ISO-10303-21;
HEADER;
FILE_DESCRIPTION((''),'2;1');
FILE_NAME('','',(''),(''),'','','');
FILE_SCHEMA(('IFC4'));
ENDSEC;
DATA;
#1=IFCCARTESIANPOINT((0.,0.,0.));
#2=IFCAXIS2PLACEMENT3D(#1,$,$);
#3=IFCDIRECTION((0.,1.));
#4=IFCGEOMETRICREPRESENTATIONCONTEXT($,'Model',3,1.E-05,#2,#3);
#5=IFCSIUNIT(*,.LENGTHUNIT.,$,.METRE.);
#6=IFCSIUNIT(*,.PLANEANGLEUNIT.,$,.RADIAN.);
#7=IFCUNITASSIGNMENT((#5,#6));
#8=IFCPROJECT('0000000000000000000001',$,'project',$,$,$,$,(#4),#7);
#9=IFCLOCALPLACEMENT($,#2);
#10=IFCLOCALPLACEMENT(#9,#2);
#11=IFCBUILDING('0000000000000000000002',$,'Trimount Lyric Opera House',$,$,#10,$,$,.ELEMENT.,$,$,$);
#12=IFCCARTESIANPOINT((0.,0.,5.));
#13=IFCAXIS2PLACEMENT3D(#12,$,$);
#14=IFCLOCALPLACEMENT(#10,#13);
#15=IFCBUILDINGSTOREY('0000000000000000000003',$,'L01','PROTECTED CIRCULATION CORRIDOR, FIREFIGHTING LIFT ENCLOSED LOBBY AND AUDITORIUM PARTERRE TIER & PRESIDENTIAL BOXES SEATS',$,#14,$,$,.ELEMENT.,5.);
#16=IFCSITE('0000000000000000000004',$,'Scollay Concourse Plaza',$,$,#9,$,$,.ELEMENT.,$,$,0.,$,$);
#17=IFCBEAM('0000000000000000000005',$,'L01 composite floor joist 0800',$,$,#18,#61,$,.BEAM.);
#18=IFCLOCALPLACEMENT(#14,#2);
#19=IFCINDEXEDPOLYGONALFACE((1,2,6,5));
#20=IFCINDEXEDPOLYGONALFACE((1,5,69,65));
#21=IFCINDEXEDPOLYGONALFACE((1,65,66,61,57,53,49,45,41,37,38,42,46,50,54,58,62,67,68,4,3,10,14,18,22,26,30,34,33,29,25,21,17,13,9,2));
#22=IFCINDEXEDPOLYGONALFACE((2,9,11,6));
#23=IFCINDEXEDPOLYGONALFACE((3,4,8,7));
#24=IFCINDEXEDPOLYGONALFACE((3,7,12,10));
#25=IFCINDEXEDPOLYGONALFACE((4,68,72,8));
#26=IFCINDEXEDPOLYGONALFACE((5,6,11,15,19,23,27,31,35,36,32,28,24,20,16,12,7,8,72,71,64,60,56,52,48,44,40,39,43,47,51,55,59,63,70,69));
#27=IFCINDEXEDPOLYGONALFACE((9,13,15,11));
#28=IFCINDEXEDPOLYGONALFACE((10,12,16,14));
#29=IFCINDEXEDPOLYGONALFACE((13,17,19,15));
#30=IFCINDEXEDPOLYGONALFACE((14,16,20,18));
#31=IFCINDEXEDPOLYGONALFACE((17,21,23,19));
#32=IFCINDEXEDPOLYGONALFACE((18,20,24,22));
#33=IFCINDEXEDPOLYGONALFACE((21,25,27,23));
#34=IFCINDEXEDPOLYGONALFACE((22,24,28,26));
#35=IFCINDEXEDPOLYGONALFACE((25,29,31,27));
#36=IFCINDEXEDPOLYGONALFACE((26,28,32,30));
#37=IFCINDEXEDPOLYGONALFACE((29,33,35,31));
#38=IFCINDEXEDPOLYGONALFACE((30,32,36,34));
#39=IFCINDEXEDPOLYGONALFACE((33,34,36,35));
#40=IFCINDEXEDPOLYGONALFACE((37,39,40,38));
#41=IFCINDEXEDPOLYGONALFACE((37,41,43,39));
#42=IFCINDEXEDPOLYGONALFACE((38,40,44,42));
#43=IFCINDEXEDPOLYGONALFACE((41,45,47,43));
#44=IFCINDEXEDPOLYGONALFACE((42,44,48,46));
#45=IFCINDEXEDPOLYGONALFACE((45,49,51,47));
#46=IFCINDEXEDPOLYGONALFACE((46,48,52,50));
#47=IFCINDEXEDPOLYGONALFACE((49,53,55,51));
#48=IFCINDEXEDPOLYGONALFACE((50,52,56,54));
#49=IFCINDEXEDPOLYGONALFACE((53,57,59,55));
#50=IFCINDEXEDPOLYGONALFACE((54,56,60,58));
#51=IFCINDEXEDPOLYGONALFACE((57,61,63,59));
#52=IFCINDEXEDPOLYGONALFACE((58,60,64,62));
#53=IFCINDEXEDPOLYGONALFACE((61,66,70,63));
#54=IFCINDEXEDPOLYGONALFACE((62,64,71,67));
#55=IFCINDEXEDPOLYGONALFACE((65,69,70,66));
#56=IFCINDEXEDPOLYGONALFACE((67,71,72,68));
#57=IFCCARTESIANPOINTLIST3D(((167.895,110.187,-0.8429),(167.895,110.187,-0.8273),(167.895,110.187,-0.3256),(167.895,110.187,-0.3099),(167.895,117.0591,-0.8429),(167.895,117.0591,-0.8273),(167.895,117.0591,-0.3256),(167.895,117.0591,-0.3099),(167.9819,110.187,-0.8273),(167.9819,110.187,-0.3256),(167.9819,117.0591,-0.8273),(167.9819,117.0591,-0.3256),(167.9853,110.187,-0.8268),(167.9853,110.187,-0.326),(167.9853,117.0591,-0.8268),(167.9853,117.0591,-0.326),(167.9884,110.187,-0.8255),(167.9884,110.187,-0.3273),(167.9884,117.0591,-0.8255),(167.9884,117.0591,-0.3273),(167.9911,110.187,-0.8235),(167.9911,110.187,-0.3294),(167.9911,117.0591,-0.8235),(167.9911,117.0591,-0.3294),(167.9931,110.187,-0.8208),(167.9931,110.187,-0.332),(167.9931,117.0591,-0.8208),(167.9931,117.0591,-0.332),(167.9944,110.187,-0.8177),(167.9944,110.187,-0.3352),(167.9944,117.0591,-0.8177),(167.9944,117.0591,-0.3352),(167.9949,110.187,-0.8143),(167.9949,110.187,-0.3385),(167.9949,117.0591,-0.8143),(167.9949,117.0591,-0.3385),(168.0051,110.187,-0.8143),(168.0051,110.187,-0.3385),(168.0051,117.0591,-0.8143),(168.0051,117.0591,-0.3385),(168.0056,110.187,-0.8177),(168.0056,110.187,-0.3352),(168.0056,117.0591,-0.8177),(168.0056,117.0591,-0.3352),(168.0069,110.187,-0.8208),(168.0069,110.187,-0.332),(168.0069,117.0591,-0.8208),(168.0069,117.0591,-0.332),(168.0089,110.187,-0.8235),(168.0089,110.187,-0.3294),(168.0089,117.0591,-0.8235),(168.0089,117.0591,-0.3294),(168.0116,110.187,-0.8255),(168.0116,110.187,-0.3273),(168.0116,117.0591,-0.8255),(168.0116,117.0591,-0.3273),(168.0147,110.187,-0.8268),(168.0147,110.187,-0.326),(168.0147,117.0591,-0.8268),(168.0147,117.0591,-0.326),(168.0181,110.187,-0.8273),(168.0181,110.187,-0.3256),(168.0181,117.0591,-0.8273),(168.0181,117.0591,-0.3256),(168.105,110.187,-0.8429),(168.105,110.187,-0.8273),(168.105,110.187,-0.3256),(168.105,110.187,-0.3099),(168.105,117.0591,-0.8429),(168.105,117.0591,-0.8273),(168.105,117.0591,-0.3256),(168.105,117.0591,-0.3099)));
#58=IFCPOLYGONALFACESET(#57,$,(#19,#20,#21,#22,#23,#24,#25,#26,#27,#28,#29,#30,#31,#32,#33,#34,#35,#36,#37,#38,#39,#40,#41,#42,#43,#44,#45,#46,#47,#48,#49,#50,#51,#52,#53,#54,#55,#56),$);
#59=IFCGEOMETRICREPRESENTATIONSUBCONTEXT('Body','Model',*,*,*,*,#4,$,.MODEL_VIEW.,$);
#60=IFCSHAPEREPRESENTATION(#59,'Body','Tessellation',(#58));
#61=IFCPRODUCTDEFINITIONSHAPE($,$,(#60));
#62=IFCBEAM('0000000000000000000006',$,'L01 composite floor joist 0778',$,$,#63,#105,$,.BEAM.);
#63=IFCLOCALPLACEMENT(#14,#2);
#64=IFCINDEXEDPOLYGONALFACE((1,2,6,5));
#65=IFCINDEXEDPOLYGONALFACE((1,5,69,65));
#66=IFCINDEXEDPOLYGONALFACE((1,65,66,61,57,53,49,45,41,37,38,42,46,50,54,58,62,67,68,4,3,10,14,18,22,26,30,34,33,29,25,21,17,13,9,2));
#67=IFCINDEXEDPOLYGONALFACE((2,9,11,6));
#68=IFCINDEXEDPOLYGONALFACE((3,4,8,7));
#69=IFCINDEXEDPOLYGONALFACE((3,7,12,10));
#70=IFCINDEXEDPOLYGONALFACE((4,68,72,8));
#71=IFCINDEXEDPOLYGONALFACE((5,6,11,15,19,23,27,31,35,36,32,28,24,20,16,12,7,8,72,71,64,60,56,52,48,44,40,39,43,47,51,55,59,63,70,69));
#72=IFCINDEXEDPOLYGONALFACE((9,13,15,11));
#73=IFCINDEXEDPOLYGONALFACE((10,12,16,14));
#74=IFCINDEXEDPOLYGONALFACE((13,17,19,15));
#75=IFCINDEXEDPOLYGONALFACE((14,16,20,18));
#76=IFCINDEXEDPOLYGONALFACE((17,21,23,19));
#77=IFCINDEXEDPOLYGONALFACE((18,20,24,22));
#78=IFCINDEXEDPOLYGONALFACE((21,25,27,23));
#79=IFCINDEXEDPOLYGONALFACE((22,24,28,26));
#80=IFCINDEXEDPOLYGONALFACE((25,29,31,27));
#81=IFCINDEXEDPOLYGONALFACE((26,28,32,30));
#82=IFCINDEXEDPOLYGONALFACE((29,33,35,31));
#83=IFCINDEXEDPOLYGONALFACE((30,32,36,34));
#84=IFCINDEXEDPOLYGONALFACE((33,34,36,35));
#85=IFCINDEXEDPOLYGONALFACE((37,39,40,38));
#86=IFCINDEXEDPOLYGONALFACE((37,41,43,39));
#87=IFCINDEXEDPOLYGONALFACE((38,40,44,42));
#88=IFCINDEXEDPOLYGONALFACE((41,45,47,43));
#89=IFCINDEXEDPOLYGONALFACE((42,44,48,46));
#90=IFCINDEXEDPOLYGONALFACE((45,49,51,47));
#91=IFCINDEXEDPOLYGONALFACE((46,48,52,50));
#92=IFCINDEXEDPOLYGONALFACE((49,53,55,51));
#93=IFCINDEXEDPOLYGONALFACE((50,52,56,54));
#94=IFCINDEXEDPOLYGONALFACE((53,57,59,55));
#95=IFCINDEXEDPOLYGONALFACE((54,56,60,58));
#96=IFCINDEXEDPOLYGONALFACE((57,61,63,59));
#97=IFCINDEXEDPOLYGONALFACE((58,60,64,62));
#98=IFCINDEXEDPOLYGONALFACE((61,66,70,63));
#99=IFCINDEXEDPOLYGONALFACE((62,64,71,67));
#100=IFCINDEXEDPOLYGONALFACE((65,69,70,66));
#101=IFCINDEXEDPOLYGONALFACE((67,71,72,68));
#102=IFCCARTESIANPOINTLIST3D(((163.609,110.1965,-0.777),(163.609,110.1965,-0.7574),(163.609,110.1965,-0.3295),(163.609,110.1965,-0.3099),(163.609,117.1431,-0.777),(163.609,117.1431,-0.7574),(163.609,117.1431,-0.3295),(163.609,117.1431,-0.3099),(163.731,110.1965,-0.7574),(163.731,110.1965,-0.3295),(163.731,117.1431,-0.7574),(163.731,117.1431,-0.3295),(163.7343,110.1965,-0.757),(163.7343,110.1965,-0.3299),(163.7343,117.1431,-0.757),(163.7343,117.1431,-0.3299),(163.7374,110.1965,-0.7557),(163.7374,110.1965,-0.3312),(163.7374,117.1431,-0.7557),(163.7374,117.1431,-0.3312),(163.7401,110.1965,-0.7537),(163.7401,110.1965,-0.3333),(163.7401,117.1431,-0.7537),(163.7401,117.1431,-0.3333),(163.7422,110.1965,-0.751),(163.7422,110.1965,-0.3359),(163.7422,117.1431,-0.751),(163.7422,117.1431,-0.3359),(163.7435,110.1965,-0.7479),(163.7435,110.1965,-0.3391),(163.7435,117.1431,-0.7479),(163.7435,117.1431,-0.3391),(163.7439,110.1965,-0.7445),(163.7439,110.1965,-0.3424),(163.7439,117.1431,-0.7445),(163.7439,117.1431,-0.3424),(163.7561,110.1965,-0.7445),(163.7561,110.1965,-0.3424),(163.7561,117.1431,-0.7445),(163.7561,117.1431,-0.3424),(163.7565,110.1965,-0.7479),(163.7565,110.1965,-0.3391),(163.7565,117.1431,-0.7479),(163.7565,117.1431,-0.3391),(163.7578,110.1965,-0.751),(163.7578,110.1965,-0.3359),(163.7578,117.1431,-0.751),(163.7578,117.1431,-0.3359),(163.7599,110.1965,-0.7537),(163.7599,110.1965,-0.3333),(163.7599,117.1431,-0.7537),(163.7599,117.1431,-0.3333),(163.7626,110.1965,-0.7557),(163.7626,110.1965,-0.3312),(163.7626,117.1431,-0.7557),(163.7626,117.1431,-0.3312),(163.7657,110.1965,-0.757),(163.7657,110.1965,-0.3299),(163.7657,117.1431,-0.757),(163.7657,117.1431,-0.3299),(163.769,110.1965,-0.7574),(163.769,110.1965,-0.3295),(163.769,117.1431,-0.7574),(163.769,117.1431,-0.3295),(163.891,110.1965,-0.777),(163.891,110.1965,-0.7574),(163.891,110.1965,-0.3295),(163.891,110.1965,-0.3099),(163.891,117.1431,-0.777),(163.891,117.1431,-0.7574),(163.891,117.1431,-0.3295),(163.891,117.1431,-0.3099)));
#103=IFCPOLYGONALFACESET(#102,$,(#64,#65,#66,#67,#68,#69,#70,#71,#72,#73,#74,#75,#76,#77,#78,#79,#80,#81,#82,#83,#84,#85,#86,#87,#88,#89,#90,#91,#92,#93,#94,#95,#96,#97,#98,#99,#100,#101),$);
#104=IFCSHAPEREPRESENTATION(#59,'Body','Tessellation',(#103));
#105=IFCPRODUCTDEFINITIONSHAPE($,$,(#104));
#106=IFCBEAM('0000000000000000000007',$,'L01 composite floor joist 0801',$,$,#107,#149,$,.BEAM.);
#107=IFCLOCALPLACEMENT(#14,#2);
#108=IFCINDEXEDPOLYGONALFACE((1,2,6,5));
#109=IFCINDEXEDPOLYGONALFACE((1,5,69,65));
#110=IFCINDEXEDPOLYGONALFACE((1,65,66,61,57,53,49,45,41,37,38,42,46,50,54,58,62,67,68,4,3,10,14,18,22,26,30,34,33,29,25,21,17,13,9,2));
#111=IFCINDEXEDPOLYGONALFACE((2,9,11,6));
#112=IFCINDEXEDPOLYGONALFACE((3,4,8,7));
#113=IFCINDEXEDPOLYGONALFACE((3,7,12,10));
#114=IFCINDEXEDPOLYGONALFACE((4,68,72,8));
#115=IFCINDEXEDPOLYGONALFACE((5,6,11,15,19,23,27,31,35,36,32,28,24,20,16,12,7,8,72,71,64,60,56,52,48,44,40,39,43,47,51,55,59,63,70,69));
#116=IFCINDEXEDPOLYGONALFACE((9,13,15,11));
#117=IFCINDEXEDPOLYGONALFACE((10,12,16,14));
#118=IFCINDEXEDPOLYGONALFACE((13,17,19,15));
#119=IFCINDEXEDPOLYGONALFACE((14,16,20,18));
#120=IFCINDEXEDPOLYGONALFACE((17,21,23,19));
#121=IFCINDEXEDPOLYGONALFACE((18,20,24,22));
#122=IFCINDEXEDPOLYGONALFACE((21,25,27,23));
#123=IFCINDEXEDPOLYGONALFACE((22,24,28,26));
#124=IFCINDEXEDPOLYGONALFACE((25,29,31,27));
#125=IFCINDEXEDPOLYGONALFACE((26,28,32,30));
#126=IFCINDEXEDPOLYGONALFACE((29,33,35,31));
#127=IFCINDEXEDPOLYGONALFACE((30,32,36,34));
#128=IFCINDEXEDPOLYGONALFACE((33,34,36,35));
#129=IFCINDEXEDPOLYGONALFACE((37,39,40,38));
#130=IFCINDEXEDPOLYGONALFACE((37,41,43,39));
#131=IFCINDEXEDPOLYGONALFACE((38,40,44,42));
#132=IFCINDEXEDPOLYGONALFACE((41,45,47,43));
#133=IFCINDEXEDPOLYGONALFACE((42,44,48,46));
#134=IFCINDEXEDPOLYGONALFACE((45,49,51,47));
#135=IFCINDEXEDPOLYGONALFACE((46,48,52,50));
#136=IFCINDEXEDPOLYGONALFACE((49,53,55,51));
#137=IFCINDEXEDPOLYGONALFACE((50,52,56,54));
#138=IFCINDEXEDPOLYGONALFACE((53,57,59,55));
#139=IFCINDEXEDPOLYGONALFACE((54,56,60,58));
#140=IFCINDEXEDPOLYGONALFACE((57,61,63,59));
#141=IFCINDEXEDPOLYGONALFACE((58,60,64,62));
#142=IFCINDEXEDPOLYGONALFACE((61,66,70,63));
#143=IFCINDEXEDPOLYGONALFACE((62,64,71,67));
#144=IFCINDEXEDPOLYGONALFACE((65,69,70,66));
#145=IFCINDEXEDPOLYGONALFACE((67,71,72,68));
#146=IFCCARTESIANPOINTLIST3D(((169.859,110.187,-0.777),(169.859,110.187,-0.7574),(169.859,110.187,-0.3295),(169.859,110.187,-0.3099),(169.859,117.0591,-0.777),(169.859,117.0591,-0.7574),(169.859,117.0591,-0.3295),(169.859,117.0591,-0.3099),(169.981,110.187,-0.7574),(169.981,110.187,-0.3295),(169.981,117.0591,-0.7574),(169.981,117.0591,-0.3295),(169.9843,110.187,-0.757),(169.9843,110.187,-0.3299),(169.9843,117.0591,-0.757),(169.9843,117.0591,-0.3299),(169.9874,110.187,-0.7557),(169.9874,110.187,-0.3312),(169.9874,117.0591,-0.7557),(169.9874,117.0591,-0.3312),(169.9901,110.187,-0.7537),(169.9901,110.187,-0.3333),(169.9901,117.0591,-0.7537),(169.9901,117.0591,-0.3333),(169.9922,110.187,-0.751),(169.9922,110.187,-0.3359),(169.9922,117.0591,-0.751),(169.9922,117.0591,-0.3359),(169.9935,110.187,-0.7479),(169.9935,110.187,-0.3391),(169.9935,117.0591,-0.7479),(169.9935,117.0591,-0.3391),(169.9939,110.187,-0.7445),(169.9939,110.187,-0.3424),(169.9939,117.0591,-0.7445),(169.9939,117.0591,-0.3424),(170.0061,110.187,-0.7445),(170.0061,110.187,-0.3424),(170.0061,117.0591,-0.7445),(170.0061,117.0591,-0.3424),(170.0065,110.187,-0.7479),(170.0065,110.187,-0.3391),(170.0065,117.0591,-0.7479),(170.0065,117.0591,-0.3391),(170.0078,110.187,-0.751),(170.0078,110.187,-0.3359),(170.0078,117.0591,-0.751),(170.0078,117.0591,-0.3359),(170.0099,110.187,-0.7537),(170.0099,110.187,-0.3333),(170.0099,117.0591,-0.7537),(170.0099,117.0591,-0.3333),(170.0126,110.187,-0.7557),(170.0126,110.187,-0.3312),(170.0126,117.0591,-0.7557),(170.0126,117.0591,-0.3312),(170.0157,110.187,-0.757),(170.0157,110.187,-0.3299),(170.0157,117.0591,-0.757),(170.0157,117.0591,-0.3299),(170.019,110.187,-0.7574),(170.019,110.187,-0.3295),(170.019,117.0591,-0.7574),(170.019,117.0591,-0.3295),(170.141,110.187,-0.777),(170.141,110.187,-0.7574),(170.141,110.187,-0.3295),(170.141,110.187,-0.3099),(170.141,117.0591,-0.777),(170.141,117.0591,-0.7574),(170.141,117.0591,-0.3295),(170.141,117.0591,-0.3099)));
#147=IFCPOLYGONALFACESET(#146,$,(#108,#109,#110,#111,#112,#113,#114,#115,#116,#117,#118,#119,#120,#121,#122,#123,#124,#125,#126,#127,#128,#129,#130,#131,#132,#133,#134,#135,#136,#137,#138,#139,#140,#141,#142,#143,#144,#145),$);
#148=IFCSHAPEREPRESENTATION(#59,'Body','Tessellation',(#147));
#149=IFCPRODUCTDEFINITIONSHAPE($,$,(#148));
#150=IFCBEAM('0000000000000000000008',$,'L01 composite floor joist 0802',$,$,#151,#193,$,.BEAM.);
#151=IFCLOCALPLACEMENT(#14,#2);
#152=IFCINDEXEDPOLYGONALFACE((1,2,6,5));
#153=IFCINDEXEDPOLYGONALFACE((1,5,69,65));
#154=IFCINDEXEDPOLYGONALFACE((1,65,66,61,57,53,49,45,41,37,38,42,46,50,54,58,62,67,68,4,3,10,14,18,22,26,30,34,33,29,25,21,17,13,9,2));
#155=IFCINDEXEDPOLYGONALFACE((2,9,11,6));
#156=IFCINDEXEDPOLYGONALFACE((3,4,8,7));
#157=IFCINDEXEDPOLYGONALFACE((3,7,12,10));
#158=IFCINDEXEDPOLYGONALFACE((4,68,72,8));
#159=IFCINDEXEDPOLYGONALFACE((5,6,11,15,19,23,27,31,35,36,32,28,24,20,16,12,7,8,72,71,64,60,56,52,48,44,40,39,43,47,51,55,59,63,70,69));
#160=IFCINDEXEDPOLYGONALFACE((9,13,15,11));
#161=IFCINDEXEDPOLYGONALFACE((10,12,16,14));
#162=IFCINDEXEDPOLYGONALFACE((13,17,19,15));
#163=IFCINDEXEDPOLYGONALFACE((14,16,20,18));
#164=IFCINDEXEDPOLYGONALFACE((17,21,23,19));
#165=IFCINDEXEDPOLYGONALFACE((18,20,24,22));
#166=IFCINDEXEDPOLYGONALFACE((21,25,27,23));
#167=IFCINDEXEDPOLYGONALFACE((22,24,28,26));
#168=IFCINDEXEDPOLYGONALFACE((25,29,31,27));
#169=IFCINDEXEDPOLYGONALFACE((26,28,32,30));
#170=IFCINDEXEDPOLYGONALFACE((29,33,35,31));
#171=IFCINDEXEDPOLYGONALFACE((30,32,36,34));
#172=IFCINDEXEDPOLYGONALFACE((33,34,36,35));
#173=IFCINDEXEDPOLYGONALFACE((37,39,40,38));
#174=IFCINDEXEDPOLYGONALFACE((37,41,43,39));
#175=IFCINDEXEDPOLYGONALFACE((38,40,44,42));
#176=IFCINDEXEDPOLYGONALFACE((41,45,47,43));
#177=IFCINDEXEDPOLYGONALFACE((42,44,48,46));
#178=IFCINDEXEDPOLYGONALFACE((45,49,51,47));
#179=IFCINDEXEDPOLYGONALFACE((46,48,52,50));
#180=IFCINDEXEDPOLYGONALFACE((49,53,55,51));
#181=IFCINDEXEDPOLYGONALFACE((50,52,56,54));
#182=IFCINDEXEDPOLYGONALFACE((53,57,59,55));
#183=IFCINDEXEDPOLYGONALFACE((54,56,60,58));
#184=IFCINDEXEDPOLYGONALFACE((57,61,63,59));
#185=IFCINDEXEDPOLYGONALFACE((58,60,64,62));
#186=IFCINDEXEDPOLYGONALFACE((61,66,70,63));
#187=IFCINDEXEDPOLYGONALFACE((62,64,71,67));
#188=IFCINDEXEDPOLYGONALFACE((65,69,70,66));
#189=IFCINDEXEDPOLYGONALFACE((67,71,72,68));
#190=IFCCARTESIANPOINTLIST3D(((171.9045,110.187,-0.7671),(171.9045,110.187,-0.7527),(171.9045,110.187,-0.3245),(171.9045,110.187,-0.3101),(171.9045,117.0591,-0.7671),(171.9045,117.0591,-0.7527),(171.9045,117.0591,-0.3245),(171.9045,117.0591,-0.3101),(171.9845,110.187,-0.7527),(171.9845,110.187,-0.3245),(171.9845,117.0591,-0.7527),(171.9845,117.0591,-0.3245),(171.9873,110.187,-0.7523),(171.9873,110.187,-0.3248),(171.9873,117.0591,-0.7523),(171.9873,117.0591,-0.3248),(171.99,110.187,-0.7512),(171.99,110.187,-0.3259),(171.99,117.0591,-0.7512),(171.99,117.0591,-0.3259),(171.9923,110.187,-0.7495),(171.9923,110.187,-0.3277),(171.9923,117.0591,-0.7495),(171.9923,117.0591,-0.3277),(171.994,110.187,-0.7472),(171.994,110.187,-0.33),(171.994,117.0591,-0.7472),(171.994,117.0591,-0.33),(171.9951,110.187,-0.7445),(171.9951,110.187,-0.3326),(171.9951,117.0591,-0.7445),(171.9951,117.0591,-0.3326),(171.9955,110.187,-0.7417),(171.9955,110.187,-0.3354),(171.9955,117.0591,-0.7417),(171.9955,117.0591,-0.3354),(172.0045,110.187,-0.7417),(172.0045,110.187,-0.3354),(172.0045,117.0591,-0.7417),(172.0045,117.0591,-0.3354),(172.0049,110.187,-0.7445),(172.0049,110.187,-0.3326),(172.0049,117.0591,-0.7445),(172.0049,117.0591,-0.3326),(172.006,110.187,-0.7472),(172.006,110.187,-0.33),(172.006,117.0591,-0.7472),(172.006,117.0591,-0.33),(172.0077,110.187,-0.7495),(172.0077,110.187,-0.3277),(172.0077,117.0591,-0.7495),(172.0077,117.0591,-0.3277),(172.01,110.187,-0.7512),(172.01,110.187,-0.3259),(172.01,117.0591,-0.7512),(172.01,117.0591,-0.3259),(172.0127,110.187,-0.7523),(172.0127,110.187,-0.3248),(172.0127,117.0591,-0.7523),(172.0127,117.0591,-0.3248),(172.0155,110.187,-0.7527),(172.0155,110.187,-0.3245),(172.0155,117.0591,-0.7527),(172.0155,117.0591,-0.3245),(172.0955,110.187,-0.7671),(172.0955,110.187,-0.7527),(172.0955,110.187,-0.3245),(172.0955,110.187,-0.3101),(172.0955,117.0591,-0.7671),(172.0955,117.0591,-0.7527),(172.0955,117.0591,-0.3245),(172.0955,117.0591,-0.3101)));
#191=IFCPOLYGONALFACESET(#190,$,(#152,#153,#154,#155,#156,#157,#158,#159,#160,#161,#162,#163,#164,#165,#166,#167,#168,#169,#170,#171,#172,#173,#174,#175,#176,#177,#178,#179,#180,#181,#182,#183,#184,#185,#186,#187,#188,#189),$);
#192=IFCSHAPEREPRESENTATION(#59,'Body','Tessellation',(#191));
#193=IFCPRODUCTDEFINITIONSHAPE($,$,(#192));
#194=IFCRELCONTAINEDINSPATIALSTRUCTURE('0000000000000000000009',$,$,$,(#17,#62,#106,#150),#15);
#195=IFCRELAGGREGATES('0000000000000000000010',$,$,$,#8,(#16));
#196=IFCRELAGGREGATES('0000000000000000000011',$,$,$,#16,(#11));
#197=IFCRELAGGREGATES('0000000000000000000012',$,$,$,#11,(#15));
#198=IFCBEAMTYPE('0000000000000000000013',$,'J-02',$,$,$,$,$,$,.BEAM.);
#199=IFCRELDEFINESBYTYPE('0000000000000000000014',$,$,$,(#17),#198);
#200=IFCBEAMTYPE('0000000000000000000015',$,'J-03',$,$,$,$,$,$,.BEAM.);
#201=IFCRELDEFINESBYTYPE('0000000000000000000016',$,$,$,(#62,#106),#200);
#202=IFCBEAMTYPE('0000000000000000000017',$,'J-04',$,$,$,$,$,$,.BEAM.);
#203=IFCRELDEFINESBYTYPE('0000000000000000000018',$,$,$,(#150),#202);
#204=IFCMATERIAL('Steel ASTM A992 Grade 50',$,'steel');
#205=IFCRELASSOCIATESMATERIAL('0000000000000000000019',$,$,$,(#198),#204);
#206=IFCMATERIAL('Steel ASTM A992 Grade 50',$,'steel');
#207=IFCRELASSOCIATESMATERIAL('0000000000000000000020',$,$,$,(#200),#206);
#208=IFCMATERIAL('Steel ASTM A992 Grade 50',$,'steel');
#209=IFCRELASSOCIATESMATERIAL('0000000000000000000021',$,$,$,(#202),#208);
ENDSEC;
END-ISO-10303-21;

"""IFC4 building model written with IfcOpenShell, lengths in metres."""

from ifc_helpers import new_model, si_unit, direction, frame, origin, origin_2d, place, context, subcontext, project, spatial, i_section, extrude, material, material_profile, profile_set, type_object, element, save


model = new_model("IFC4")

# Units and contexts
model_context = context("Model", 3, precision=1e-05, world=origin(), true_north=direction((0.0, 1.0)))
body_context = subcontext(model_context, "Body", "Model", "MODEL_VIEW")
ifc_project = project(units=[si_unit("LENGTHUNIT", "METRE"), si_unit("PLANEANGLEUNIT", "RADIAN")], contexts=[model_context])

# Site, building, storey
site_placement = place(None, origin())
site = spatial("IfcSite", under=ifc_project, at=site_placement, Name="Scollay Concourse Plaza", CompositionType="ELEMENT", RefElevation=0.0)
building_placement = place(site_placement, origin())
building = spatial("IfcBuilding", under=site, at=building_placement, Name="Trimount Lyric Opera House", CompositionType="ELEMENT")
storey_placement = place(building_placement, frame((0.0, 0.0, 5.0)))
storey = spatial("IfcBuildingStorey", under=building, at=storey_placement, Name="L01", Description="PROTECTED CIRCULATION CORRIDOR, FIREFIGHTING LIFT ENCLOSED LOBBY AND AUDITORIUM PARTERRE TIER & PRESIDENTIAL BOXES SEATS", CompositionType="ELEMENT", Elevation=5.0)

# Beams
ifc_material_1 = material(Name="Steel ASTM A992 Grade 50", Category="steel")
ifc_material_profile_1 = material_profile(ifc_material_1, i_section(OverallWidth=0.21, OverallDepth=0.533, WebThickness=0.0103, FlangeThickness=0.0156, FilletRadius=0.0129, at=origin_2d()), Name="W21X62")
ifc_profile_set_1 = profile_set([ifc_material_profile_1], Name="Steel ASTM A992 Grade 50")
beam_type_1 = type_object("IfcBeamType", Name="J-02", PredefinedType="BEAM", material=ifc_profile_set_1)
beam_1_placement = place(storey_placement, frame((168.0, 110.187, -0.5764), z_axis=(0.0, 1.0, 0.0), x_axis=(-1.0, 0.0, 0.0)))
element("IfcBeam", 1, at=beam_1_placement, inside=storey, type_object=beam_type_1, Name="L01 composite floor joist 0800", PredefinedType="BEAM", context=body_context, shape_type="SweptSolid", body=[
    extrude(i_section(OverallWidth=0.21, OverallDepth=0.533, WebThickness=0.0103, FlangeThickness=0.0156, FilletRadius=0.0129, at=origin_2d()), origin(), (0.0, 0.0, 1.0), 6.8721),
])
ifc_material_2 = material(Name="Steel ASTM A992 Grade 50", Category="steel")
ifc_material_profile_2 = material_profile(ifc_material_2, i_section(OverallWidth=0.282, OverallDepth=0.467, WebThickness=0.0122, FlangeThickness=0.0195, FilletRadius=0.0129, at=origin_2d()), Name="W18X86")
ifc_profile_set_2 = profile_set([ifc_material_profile_2], Name="Steel ASTM A992 Grade 50")
beam_type_2 = type_object("IfcBeamType", Name="J-03", PredefinedType="BEAM", material=ifc_profile_set_2)
beam_2_placement = place(storey_placement, frame((163.75, 110.1965, -0.5435), z_axis=(0.0, 1.0, 0.0), x_axis=(-1.0, 0.0, 0.0)))
element("IfcBeam", 2, at=beam_2_placement, inside=storey, type_object=beam_type_2, Name="L01 composite floor joist 0778", PredefinedType="BEAM", context=body_context, shape_type="SweptSolid", body=[
    extrude(i_section(OverallWidth=0.282, OverallDepth=0.467, WebThickness=0.0122, FlangeThickness=0.0195, FilletRadius=0.0129, at=origin_2d()), origin(), (0.0, 0.0, 1.0), 6.9465),
])
beam_3_placement = place(storey_placement, frame((170.0, 110.187, -0.5435), z_axis=(0.0, 1.0, 0.0), x_axis=(-1.0, 0.0, 0.0)))
element("IfcBeam", 3, at=beam_3_placement, inside=storey, type_object=beam_type_2, Name="L01 composite floor joist 0801", PredefinedType="BEAM", context=body_context, shape_type="SweptSolid", body=[
    extrude(i_section(OverallWidth=0.282, OverallDepth=0.467, WebThickness=0.0122, FlangeThickness=0.0195, FilletRadius=0.0129, at=origin_2d()), origin(), (0.0, 0.0, 1.0), 6.8721),
])
ifc_material_3 = material(Name="Steel ASTM A992 Grade 50", Category="steel")
ifc_material_profile_3 = material_profile(ifc_material_3, i_section(OverallWidth=0.1909, OverallDepth=0.457, WebThickness=0.009, FlangeThickness=0.0144, FilletRadius=0.011, at=origin_2d()), Name="W18X50")
ifc_profile_set_3 = profile_set([ifc_material_profile_3], Name="Steel ASTM A992 Grade 50")
beam_type_3 = type_object("IfcBeamType", Name="J-04", PredefinedType="BEAM", material=ifc_profile_set_3)
beam_4_placement = place(storey_placement, frame((172.0, 110.187, -0.5386), z_axis=(0.0, 1.0, 0.0), x_axis=(-1.0, 0.0, 0.0)))
element("IfcBeam", 4, at=beam_4_placement, inside=storey, type_object=beam_type_3, Name="L01 composite floor joist 0802", PredefinedType="BEAM", context=body_context, shape_type="SweptSolid", body=[
    extrude(i_section(OverallWidth=0.1909, OverallDepth=0.457, WebThickness=0.009, FlangeThickness=0.0144, FilletRadius=0.011, at=origin_2d()), origin(), (0.0, 0.0, 1.0), 6.8721),
])

save(model, "model.ifc")
